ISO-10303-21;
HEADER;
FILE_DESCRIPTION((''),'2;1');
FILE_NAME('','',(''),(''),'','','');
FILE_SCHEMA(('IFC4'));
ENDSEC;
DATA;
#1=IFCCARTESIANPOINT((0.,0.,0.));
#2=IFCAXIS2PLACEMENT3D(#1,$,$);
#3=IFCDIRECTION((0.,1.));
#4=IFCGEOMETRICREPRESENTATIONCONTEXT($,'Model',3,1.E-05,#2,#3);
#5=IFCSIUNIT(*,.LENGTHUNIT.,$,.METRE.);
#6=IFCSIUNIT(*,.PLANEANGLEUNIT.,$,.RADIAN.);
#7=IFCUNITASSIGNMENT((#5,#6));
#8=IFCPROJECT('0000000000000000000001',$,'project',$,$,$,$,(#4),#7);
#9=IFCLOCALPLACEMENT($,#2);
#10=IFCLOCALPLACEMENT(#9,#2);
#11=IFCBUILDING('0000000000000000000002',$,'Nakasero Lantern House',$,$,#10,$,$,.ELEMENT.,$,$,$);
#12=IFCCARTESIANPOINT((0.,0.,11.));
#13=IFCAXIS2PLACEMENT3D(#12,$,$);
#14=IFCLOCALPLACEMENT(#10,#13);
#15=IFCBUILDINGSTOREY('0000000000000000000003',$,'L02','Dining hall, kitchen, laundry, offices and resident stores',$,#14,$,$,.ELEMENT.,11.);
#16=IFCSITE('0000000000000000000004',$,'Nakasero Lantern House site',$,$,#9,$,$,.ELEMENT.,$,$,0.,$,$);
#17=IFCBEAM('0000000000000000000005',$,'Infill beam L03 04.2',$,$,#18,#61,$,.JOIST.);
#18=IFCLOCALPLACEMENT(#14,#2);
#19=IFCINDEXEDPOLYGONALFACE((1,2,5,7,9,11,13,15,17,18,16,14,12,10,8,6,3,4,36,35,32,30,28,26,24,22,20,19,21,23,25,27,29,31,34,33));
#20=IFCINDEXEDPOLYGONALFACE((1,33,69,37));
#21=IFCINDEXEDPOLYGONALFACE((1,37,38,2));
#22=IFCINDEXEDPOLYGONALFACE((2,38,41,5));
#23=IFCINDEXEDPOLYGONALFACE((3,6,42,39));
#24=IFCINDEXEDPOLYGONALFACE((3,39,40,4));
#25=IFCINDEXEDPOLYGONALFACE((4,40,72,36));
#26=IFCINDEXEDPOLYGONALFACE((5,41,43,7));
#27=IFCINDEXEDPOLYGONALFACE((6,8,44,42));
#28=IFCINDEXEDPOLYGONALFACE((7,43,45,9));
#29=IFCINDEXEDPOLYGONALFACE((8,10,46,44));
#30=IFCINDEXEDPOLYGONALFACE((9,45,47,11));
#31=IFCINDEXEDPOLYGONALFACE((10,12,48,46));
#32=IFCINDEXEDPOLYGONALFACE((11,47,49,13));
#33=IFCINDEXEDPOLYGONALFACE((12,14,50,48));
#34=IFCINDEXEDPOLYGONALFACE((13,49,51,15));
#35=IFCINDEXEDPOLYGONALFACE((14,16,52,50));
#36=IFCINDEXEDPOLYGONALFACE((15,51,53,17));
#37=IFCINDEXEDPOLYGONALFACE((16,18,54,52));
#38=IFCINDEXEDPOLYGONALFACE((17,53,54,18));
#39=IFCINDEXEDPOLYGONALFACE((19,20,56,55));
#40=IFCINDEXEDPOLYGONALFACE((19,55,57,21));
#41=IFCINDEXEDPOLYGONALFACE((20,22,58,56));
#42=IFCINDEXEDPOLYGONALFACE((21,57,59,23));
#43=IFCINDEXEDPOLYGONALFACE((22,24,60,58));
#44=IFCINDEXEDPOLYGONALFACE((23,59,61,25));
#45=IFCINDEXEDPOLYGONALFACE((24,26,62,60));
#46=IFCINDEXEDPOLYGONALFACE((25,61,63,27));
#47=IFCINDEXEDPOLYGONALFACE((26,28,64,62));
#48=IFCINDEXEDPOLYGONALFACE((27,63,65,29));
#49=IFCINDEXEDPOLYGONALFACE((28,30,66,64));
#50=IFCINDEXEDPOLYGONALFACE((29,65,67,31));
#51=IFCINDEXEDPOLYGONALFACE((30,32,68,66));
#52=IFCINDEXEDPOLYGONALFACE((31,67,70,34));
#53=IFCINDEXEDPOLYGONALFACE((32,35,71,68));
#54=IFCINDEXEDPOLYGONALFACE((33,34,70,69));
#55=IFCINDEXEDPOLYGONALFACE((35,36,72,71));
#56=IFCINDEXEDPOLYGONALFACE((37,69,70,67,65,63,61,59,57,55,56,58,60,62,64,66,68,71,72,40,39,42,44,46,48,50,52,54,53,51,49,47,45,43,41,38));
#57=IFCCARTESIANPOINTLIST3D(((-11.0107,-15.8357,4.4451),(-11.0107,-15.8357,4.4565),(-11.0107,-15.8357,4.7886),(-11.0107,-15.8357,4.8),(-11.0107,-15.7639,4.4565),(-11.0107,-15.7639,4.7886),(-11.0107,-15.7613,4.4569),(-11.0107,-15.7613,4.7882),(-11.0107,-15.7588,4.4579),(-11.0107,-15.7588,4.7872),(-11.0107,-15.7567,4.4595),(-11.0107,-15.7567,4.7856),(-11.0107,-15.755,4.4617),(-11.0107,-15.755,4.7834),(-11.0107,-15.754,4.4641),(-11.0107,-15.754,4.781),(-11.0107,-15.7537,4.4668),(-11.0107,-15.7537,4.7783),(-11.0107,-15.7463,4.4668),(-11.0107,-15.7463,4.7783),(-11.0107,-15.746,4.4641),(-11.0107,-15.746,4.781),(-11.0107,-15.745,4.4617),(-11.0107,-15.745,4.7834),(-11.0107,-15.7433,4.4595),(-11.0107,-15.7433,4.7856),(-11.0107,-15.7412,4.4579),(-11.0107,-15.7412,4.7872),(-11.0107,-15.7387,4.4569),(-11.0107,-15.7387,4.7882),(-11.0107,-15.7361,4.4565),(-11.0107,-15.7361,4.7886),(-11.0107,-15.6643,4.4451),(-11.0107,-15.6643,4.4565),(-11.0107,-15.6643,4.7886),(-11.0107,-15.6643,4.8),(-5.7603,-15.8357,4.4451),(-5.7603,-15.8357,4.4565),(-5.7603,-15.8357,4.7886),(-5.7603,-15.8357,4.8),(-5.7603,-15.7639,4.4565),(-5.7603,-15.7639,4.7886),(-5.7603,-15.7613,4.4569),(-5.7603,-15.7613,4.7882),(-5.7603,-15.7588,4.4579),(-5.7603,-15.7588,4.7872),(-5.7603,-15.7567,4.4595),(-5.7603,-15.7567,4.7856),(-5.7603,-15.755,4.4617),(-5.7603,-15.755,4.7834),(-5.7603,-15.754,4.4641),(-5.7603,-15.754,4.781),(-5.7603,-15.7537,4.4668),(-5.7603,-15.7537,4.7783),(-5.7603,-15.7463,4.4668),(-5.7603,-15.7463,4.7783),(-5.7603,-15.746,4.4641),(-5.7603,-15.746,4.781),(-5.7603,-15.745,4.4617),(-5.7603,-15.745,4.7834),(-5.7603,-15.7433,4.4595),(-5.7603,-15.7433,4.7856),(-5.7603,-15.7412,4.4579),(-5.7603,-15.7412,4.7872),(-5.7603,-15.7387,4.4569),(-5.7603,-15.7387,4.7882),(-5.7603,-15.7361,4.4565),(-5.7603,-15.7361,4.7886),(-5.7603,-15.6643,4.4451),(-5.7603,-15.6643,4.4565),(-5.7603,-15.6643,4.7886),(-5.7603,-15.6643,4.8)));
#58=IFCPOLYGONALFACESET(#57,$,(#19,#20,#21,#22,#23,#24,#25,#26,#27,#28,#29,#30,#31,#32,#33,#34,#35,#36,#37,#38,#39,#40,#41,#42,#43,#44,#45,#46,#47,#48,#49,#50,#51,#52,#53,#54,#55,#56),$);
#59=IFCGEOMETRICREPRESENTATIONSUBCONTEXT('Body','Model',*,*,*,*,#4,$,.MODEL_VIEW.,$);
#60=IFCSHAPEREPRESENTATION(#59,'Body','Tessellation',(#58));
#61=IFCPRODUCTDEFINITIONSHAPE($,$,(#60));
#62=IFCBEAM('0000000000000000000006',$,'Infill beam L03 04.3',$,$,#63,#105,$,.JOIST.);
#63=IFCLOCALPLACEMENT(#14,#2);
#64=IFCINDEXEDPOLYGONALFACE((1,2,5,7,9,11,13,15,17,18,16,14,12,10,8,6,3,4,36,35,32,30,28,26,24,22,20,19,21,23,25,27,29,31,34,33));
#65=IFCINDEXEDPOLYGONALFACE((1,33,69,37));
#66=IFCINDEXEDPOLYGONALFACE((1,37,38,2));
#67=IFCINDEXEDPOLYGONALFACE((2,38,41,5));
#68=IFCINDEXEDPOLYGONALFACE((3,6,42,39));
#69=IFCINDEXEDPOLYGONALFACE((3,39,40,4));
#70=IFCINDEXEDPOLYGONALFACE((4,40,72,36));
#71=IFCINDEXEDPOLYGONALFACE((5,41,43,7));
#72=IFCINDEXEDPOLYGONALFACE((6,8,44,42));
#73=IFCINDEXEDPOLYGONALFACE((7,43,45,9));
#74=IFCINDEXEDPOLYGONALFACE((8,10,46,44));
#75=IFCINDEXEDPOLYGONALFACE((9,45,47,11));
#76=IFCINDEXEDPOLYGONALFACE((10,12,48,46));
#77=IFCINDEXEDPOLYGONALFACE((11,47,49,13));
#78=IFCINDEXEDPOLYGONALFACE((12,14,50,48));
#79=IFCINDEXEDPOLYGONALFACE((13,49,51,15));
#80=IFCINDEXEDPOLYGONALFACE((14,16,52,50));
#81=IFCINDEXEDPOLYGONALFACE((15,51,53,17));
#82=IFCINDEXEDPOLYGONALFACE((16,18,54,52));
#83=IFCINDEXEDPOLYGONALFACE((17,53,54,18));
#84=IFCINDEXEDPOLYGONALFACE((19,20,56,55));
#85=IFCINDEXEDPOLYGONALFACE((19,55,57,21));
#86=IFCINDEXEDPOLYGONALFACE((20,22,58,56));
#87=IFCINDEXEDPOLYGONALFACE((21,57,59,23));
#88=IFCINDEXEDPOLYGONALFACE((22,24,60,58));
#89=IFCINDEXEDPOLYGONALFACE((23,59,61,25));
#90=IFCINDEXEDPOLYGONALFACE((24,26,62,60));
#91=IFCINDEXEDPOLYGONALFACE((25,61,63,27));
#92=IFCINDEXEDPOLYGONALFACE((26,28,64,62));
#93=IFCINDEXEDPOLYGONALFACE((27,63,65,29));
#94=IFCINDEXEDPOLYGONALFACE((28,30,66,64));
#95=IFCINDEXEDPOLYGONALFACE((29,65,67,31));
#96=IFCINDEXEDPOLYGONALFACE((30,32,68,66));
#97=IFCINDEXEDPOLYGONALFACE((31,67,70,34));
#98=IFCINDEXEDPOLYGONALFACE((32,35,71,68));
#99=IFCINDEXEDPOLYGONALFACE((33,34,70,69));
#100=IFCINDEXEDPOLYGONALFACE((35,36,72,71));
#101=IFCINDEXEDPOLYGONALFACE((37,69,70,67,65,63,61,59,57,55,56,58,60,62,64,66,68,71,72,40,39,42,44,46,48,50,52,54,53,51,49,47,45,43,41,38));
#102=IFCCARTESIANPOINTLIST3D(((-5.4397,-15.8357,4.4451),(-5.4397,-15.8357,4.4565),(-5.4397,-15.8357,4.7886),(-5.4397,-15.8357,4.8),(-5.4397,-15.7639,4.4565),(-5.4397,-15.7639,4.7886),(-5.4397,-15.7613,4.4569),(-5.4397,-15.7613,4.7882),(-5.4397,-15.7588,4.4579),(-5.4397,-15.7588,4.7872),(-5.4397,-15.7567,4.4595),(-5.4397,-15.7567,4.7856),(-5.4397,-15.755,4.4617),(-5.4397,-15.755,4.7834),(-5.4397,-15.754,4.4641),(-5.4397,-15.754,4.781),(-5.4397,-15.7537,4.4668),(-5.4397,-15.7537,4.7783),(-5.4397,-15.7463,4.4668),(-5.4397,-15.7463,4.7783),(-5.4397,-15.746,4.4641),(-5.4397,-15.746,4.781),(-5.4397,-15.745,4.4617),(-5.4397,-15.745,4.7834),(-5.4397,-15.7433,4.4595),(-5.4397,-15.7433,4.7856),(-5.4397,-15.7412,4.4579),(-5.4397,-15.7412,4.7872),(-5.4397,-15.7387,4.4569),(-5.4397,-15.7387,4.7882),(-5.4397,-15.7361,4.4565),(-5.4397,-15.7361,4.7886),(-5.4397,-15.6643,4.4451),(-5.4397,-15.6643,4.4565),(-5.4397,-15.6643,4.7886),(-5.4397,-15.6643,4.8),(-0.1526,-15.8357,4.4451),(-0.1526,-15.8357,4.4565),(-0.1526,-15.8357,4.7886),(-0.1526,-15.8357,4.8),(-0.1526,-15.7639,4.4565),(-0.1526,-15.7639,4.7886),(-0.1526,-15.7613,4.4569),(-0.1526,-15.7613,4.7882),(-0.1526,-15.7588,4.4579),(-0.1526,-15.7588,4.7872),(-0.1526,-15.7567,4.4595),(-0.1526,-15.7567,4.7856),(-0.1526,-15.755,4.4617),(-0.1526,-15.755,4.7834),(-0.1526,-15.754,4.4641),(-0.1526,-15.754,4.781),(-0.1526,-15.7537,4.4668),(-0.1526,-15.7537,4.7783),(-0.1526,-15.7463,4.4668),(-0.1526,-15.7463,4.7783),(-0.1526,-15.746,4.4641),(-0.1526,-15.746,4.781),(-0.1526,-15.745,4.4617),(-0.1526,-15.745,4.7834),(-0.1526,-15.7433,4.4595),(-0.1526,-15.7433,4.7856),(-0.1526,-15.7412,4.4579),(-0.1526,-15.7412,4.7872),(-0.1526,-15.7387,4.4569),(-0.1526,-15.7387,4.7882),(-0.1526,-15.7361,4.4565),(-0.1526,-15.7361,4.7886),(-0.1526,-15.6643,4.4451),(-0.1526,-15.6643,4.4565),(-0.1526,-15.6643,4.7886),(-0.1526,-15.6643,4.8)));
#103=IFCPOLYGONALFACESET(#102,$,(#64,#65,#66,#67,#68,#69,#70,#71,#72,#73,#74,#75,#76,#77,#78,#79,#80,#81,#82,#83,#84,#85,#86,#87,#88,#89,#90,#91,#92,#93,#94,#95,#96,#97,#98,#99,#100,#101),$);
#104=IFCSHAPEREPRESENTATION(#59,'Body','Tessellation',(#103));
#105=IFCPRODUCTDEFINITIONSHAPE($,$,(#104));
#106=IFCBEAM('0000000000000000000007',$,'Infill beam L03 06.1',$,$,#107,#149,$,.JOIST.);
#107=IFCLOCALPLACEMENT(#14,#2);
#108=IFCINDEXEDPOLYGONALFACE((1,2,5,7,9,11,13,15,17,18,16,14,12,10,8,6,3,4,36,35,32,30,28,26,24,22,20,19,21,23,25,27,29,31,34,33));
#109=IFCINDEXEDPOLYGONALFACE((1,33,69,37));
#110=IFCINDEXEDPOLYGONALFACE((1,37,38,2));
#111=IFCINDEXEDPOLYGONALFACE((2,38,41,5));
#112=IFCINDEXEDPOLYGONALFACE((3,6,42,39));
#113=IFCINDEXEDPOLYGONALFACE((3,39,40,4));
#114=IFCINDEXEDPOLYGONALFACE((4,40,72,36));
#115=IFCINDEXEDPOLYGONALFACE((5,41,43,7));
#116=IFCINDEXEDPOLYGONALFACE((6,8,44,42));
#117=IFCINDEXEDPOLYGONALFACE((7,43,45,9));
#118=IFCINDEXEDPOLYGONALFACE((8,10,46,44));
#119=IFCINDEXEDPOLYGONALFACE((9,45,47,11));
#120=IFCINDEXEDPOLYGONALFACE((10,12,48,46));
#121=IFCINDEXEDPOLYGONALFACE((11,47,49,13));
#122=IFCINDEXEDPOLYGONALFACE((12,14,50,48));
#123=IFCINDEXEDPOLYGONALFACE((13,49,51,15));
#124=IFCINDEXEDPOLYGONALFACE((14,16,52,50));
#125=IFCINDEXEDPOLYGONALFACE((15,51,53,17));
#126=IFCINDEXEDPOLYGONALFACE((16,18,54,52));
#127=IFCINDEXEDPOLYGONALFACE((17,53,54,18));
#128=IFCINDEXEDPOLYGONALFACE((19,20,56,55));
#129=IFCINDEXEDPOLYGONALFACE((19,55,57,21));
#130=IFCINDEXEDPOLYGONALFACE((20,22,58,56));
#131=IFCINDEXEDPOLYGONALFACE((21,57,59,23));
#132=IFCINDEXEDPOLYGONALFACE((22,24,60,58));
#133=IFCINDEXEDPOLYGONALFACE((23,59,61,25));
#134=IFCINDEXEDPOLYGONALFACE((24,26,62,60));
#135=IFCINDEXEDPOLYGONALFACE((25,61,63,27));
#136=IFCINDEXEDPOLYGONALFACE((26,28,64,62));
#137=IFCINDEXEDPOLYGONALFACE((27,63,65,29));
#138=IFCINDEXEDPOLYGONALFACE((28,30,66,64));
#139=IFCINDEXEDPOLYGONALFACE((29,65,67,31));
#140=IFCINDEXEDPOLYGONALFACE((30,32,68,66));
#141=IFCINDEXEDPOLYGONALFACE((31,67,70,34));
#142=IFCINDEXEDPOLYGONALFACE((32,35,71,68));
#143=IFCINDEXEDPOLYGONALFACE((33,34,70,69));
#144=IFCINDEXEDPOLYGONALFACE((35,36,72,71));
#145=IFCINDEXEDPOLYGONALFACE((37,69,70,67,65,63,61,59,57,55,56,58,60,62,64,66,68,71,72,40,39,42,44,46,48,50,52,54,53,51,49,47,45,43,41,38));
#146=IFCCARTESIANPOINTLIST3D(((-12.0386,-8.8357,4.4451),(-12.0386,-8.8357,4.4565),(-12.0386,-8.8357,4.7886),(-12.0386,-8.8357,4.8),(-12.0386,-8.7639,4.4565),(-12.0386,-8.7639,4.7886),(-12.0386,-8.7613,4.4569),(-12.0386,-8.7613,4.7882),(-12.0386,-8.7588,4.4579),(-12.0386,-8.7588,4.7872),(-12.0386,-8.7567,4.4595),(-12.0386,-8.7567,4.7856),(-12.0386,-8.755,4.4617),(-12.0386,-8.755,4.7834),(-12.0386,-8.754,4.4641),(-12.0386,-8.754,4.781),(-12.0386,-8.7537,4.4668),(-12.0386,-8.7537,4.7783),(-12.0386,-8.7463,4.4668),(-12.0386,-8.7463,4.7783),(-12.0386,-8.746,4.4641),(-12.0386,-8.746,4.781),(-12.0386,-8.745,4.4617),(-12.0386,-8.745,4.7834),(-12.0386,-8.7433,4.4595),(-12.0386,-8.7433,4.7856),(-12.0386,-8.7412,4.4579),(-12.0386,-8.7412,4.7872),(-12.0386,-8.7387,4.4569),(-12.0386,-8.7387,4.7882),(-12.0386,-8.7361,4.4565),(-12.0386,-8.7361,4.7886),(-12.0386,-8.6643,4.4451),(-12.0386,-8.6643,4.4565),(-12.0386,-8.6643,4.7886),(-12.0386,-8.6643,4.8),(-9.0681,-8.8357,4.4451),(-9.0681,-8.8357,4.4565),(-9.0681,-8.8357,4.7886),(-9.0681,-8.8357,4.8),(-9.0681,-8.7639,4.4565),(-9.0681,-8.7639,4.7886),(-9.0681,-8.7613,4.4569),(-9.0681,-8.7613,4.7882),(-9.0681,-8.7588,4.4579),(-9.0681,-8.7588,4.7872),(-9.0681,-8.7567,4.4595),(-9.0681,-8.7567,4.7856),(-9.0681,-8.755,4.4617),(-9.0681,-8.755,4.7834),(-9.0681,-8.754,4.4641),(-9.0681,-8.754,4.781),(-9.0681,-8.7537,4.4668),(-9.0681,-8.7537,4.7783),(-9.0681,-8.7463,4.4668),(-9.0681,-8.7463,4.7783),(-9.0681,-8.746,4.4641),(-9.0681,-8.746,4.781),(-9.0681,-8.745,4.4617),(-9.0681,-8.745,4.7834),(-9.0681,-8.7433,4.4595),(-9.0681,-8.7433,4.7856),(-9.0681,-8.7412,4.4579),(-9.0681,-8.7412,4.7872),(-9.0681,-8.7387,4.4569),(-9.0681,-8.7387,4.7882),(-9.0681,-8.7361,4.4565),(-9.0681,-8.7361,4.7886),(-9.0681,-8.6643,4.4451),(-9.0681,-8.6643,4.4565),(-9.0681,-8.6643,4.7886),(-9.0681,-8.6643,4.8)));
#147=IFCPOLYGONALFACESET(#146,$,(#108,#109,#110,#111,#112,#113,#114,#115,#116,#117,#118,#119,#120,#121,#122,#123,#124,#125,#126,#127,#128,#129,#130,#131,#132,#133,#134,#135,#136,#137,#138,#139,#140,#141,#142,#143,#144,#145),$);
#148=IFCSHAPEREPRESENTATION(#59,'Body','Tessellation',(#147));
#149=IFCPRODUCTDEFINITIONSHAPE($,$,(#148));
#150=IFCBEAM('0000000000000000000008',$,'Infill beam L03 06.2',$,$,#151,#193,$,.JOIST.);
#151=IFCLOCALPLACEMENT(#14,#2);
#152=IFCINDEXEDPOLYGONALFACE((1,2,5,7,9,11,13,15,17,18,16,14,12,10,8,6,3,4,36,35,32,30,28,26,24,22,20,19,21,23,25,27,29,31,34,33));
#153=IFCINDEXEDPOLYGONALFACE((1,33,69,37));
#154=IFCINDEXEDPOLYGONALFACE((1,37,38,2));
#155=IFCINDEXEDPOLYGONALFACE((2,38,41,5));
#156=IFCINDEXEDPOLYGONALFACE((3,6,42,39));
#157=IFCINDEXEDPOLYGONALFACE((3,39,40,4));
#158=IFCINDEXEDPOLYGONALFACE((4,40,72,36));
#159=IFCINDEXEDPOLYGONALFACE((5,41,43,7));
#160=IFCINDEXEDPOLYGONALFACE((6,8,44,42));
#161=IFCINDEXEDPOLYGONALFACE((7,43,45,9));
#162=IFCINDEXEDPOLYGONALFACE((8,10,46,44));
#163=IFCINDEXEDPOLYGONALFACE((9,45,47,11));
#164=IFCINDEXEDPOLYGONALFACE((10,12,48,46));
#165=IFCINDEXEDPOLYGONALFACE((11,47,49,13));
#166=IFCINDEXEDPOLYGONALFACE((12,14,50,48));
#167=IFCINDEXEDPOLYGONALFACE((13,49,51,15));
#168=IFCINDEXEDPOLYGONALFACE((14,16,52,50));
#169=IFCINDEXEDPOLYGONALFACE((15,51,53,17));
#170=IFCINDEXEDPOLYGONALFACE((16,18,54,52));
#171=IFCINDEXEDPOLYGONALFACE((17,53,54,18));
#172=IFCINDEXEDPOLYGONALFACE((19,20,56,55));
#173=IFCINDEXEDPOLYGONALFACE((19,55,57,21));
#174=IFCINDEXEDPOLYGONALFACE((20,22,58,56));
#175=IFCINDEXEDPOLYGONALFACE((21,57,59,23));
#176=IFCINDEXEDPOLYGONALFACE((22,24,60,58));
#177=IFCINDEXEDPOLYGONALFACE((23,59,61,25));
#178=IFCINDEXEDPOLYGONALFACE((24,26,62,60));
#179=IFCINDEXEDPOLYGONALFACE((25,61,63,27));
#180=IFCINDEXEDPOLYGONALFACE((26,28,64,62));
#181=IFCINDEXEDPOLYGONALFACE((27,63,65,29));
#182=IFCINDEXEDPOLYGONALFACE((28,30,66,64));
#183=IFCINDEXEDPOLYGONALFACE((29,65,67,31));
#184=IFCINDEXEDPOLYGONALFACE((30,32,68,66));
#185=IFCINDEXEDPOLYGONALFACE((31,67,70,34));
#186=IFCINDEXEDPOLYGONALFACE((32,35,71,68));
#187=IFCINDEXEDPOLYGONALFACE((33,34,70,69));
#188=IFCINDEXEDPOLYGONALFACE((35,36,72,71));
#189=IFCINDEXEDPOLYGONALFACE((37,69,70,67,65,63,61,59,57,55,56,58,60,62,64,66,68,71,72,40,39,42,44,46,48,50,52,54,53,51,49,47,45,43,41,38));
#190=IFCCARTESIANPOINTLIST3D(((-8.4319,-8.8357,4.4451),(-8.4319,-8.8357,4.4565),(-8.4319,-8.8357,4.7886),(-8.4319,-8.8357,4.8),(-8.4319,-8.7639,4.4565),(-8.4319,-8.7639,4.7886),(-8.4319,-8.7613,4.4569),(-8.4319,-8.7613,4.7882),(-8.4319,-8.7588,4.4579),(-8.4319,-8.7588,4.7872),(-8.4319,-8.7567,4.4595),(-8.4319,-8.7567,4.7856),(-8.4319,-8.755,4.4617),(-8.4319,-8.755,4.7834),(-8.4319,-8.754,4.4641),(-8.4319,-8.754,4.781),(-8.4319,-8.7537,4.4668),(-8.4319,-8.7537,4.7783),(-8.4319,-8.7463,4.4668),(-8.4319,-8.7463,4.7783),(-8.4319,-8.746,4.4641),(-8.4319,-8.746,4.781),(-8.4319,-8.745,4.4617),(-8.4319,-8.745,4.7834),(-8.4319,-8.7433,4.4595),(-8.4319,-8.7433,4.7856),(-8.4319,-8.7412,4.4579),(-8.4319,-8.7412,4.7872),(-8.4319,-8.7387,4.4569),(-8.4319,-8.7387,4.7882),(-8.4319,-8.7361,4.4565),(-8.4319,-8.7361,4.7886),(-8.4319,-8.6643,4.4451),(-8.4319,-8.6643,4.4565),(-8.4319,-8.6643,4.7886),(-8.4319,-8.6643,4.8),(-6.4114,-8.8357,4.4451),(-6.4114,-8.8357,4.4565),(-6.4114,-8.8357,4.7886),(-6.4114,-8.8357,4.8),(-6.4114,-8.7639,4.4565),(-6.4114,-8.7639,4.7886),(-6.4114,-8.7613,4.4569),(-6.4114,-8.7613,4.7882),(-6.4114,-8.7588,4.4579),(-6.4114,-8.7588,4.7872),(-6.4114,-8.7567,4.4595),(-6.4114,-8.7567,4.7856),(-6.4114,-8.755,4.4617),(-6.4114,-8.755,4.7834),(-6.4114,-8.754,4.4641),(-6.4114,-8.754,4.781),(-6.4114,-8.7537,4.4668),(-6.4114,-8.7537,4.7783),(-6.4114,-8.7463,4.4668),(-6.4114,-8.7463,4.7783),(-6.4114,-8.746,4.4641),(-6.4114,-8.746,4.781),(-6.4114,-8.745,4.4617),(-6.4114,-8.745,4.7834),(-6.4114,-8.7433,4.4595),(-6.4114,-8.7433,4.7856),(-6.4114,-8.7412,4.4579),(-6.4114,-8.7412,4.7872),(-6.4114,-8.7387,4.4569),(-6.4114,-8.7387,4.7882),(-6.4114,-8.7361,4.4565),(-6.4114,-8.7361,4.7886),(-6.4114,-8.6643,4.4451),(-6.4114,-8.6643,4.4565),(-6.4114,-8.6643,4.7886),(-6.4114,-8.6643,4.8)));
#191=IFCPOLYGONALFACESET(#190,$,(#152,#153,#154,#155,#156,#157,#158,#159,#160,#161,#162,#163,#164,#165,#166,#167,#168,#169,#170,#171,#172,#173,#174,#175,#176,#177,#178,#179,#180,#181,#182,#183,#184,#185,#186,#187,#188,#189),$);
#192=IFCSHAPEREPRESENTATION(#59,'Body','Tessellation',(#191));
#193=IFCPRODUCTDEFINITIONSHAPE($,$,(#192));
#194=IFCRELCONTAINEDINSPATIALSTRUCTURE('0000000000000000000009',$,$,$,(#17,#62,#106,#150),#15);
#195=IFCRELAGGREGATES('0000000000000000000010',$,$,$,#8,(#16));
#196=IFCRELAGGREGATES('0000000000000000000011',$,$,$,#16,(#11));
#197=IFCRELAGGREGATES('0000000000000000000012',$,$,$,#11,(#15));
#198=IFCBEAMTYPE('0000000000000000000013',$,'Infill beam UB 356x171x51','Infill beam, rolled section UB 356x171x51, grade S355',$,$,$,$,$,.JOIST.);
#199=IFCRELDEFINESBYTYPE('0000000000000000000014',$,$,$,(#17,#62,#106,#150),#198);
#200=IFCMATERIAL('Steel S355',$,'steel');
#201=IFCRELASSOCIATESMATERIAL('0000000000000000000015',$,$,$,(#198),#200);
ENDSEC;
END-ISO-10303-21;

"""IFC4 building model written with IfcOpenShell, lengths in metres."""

from ifc_helpers import new_model, si_unit, direction, frame, origin, origin_2d, place, context, subcontext, project, spatial, i_section, extrude, material, material_profile, profile_set, type_object, element, save


model = new_model("IFC4")

# Units and contexts
model_context = context("Model", 3, precision=1e-05, world=origin(), true_north=direction((0.0, 1.0)))
body_context = subcontext(model_context, "Body", "Model", "MODEL_VIEW")
ifc_project = project(units=[si_unit("LENGTHUNIT", "METRE"), si_unit("PLANEANGLEUNIT", "RADIAN")], contexts=[model_context])

# Site, building, storey
site_placement = place(None, origin())
site = spatial("IfcSite", under=ifc_project, at=site_placement, Name="Nakasero Lantern House site", CompositionType="ELEMENT", RefElevation=0.0)
building_placement = place(site_placement, origin())
building = spatial("IfcBuilding", under=site, at=building_placement, Name="Nakasero Lantern House", CompositionType="ELEMENT")
storey_placement = place(building_placement, frame((0.0, 0.0, 11.0)))
storey = spatial("IfcBuildingStorey", under=building, at=storey_placement, Name="L02", Description="Dining hall, kitchen, laundry, offices and resident stores", CompositionType="ELEMENT", Elevation=11.0)

# Beams
ifc_material_1 = material(Name="Steel S355", Category="steel")
ifc_material_profile_1 = material_profile(ifc_material_1, i_section(OverallWidth=0.1714, OverallDepth=0.355, WebThickness=0.0073, FlangeThickness=0.0115, FilletRadius=0.0103, at=origin_2d()), Name="UB 356x171x51")
ifc_profile_set_1 = profile_set([ifc_material_profile_1], Name="Steel S355")
beam_type_1 = type_object("IfcBeamType", Name="Infill beam UB 356x171x51", Description="Infill beam, rolled section UB 356x171x51, grade S355", PredefinedType="JOIST", material=ifc_profile_set_1)
beam_1_placement = place(storey_placement, frame((-11.0107, -15.75, 4.6226), z_axis=(1.0, 0.0, 0.0), x_axis=(0.0, 1.0, 0.0)))
element("IfcBeam", 1, at=beam_1_placement, inside=storey, type_object=beam_type_1, Name="Infill beam L03 04.2", PredefinedType="JOIST", context=body_context, shape_type="SweptSolid", body=[
    extrude(i_section(OverallWidth=0.1714, OverallDepth=0.355, WebThickness=0.0073, FlangeThickness=0.0115, FilletRadius=0.0103, at=origin_2d()), origin(), (0.0, 0.0, 1.0), 5.2505),
])
beam_2_placement = place(storey_placement, frame((-5.4397, -15.75, 4.6226), z_axis=(1.0, 0.0, 0.0), x_axis=(0.0, 1.0, 0.0)))
element("IfcBeam", 2, at=beam_2_placement, inside=storey, type_object=beam_type_1, Name="Infill beam L03 04.3", PredefinedType="JOIST", context=body_context, shape_type="SweptSolid", body=[
    extrude(i_section(OverallWidth=0.1714, OverallDepth=0.355, WebThickness=0.0073, FlangeThickness=0.0115, FilletRadius=0.0103, at=origin_2d()), origin(), (0.0, 0.0, 1.0), 5.2871),
])
beam_3_placement = place(storey_placement, frame((-12.0386, -8.75, 4.6226), z_axis=(1.0, 0.0, 0.0), x_axis=(0.0, 1.0, 0.0)))
element("IfcBeam", 3, at=beam_3_placement, inside=storey, type_object=beam_type_1, Name="Infill beam L03 06.1", PredefinedType="JOIST", context=body_context, shape_type="SweptSolid", body=[
    extrude(i_section(OverallWidth=0.1714, OverallDepth=0.355, WebThickness=0.0073, FlangeThickness=0.0115, FilletRadius=0.0103, at=origin_2d()), origin(), (0.0, 0.0, 1.0), 2.9705),
])
beam_4_placement = place(storey_placement, frame((-8.4319, -8.75, 4.6226), z_axis=(1.0, 0.0, 0.0), x_axis=(0.0, 1.0, 0.0)))
element("IfcBeam", 4, at=beam_4_placement, inside=storey, type_object=beam_type_1, Name="Infill beam L03 06.2", PredefinedType="JOIST", context=body_context, shape_type="SweptSolid", body=[
    extrude(i_section(OverallWidth=0.1714, OverallDepth=0.355, WebThickness=0.0073, FlangeThickness=0.0115, FilletRadius=0.0103, at=origin_2d()), origin(), (0.0, 0.0, 1.0), 2.0205),
])

save(model, "model.ifc")
